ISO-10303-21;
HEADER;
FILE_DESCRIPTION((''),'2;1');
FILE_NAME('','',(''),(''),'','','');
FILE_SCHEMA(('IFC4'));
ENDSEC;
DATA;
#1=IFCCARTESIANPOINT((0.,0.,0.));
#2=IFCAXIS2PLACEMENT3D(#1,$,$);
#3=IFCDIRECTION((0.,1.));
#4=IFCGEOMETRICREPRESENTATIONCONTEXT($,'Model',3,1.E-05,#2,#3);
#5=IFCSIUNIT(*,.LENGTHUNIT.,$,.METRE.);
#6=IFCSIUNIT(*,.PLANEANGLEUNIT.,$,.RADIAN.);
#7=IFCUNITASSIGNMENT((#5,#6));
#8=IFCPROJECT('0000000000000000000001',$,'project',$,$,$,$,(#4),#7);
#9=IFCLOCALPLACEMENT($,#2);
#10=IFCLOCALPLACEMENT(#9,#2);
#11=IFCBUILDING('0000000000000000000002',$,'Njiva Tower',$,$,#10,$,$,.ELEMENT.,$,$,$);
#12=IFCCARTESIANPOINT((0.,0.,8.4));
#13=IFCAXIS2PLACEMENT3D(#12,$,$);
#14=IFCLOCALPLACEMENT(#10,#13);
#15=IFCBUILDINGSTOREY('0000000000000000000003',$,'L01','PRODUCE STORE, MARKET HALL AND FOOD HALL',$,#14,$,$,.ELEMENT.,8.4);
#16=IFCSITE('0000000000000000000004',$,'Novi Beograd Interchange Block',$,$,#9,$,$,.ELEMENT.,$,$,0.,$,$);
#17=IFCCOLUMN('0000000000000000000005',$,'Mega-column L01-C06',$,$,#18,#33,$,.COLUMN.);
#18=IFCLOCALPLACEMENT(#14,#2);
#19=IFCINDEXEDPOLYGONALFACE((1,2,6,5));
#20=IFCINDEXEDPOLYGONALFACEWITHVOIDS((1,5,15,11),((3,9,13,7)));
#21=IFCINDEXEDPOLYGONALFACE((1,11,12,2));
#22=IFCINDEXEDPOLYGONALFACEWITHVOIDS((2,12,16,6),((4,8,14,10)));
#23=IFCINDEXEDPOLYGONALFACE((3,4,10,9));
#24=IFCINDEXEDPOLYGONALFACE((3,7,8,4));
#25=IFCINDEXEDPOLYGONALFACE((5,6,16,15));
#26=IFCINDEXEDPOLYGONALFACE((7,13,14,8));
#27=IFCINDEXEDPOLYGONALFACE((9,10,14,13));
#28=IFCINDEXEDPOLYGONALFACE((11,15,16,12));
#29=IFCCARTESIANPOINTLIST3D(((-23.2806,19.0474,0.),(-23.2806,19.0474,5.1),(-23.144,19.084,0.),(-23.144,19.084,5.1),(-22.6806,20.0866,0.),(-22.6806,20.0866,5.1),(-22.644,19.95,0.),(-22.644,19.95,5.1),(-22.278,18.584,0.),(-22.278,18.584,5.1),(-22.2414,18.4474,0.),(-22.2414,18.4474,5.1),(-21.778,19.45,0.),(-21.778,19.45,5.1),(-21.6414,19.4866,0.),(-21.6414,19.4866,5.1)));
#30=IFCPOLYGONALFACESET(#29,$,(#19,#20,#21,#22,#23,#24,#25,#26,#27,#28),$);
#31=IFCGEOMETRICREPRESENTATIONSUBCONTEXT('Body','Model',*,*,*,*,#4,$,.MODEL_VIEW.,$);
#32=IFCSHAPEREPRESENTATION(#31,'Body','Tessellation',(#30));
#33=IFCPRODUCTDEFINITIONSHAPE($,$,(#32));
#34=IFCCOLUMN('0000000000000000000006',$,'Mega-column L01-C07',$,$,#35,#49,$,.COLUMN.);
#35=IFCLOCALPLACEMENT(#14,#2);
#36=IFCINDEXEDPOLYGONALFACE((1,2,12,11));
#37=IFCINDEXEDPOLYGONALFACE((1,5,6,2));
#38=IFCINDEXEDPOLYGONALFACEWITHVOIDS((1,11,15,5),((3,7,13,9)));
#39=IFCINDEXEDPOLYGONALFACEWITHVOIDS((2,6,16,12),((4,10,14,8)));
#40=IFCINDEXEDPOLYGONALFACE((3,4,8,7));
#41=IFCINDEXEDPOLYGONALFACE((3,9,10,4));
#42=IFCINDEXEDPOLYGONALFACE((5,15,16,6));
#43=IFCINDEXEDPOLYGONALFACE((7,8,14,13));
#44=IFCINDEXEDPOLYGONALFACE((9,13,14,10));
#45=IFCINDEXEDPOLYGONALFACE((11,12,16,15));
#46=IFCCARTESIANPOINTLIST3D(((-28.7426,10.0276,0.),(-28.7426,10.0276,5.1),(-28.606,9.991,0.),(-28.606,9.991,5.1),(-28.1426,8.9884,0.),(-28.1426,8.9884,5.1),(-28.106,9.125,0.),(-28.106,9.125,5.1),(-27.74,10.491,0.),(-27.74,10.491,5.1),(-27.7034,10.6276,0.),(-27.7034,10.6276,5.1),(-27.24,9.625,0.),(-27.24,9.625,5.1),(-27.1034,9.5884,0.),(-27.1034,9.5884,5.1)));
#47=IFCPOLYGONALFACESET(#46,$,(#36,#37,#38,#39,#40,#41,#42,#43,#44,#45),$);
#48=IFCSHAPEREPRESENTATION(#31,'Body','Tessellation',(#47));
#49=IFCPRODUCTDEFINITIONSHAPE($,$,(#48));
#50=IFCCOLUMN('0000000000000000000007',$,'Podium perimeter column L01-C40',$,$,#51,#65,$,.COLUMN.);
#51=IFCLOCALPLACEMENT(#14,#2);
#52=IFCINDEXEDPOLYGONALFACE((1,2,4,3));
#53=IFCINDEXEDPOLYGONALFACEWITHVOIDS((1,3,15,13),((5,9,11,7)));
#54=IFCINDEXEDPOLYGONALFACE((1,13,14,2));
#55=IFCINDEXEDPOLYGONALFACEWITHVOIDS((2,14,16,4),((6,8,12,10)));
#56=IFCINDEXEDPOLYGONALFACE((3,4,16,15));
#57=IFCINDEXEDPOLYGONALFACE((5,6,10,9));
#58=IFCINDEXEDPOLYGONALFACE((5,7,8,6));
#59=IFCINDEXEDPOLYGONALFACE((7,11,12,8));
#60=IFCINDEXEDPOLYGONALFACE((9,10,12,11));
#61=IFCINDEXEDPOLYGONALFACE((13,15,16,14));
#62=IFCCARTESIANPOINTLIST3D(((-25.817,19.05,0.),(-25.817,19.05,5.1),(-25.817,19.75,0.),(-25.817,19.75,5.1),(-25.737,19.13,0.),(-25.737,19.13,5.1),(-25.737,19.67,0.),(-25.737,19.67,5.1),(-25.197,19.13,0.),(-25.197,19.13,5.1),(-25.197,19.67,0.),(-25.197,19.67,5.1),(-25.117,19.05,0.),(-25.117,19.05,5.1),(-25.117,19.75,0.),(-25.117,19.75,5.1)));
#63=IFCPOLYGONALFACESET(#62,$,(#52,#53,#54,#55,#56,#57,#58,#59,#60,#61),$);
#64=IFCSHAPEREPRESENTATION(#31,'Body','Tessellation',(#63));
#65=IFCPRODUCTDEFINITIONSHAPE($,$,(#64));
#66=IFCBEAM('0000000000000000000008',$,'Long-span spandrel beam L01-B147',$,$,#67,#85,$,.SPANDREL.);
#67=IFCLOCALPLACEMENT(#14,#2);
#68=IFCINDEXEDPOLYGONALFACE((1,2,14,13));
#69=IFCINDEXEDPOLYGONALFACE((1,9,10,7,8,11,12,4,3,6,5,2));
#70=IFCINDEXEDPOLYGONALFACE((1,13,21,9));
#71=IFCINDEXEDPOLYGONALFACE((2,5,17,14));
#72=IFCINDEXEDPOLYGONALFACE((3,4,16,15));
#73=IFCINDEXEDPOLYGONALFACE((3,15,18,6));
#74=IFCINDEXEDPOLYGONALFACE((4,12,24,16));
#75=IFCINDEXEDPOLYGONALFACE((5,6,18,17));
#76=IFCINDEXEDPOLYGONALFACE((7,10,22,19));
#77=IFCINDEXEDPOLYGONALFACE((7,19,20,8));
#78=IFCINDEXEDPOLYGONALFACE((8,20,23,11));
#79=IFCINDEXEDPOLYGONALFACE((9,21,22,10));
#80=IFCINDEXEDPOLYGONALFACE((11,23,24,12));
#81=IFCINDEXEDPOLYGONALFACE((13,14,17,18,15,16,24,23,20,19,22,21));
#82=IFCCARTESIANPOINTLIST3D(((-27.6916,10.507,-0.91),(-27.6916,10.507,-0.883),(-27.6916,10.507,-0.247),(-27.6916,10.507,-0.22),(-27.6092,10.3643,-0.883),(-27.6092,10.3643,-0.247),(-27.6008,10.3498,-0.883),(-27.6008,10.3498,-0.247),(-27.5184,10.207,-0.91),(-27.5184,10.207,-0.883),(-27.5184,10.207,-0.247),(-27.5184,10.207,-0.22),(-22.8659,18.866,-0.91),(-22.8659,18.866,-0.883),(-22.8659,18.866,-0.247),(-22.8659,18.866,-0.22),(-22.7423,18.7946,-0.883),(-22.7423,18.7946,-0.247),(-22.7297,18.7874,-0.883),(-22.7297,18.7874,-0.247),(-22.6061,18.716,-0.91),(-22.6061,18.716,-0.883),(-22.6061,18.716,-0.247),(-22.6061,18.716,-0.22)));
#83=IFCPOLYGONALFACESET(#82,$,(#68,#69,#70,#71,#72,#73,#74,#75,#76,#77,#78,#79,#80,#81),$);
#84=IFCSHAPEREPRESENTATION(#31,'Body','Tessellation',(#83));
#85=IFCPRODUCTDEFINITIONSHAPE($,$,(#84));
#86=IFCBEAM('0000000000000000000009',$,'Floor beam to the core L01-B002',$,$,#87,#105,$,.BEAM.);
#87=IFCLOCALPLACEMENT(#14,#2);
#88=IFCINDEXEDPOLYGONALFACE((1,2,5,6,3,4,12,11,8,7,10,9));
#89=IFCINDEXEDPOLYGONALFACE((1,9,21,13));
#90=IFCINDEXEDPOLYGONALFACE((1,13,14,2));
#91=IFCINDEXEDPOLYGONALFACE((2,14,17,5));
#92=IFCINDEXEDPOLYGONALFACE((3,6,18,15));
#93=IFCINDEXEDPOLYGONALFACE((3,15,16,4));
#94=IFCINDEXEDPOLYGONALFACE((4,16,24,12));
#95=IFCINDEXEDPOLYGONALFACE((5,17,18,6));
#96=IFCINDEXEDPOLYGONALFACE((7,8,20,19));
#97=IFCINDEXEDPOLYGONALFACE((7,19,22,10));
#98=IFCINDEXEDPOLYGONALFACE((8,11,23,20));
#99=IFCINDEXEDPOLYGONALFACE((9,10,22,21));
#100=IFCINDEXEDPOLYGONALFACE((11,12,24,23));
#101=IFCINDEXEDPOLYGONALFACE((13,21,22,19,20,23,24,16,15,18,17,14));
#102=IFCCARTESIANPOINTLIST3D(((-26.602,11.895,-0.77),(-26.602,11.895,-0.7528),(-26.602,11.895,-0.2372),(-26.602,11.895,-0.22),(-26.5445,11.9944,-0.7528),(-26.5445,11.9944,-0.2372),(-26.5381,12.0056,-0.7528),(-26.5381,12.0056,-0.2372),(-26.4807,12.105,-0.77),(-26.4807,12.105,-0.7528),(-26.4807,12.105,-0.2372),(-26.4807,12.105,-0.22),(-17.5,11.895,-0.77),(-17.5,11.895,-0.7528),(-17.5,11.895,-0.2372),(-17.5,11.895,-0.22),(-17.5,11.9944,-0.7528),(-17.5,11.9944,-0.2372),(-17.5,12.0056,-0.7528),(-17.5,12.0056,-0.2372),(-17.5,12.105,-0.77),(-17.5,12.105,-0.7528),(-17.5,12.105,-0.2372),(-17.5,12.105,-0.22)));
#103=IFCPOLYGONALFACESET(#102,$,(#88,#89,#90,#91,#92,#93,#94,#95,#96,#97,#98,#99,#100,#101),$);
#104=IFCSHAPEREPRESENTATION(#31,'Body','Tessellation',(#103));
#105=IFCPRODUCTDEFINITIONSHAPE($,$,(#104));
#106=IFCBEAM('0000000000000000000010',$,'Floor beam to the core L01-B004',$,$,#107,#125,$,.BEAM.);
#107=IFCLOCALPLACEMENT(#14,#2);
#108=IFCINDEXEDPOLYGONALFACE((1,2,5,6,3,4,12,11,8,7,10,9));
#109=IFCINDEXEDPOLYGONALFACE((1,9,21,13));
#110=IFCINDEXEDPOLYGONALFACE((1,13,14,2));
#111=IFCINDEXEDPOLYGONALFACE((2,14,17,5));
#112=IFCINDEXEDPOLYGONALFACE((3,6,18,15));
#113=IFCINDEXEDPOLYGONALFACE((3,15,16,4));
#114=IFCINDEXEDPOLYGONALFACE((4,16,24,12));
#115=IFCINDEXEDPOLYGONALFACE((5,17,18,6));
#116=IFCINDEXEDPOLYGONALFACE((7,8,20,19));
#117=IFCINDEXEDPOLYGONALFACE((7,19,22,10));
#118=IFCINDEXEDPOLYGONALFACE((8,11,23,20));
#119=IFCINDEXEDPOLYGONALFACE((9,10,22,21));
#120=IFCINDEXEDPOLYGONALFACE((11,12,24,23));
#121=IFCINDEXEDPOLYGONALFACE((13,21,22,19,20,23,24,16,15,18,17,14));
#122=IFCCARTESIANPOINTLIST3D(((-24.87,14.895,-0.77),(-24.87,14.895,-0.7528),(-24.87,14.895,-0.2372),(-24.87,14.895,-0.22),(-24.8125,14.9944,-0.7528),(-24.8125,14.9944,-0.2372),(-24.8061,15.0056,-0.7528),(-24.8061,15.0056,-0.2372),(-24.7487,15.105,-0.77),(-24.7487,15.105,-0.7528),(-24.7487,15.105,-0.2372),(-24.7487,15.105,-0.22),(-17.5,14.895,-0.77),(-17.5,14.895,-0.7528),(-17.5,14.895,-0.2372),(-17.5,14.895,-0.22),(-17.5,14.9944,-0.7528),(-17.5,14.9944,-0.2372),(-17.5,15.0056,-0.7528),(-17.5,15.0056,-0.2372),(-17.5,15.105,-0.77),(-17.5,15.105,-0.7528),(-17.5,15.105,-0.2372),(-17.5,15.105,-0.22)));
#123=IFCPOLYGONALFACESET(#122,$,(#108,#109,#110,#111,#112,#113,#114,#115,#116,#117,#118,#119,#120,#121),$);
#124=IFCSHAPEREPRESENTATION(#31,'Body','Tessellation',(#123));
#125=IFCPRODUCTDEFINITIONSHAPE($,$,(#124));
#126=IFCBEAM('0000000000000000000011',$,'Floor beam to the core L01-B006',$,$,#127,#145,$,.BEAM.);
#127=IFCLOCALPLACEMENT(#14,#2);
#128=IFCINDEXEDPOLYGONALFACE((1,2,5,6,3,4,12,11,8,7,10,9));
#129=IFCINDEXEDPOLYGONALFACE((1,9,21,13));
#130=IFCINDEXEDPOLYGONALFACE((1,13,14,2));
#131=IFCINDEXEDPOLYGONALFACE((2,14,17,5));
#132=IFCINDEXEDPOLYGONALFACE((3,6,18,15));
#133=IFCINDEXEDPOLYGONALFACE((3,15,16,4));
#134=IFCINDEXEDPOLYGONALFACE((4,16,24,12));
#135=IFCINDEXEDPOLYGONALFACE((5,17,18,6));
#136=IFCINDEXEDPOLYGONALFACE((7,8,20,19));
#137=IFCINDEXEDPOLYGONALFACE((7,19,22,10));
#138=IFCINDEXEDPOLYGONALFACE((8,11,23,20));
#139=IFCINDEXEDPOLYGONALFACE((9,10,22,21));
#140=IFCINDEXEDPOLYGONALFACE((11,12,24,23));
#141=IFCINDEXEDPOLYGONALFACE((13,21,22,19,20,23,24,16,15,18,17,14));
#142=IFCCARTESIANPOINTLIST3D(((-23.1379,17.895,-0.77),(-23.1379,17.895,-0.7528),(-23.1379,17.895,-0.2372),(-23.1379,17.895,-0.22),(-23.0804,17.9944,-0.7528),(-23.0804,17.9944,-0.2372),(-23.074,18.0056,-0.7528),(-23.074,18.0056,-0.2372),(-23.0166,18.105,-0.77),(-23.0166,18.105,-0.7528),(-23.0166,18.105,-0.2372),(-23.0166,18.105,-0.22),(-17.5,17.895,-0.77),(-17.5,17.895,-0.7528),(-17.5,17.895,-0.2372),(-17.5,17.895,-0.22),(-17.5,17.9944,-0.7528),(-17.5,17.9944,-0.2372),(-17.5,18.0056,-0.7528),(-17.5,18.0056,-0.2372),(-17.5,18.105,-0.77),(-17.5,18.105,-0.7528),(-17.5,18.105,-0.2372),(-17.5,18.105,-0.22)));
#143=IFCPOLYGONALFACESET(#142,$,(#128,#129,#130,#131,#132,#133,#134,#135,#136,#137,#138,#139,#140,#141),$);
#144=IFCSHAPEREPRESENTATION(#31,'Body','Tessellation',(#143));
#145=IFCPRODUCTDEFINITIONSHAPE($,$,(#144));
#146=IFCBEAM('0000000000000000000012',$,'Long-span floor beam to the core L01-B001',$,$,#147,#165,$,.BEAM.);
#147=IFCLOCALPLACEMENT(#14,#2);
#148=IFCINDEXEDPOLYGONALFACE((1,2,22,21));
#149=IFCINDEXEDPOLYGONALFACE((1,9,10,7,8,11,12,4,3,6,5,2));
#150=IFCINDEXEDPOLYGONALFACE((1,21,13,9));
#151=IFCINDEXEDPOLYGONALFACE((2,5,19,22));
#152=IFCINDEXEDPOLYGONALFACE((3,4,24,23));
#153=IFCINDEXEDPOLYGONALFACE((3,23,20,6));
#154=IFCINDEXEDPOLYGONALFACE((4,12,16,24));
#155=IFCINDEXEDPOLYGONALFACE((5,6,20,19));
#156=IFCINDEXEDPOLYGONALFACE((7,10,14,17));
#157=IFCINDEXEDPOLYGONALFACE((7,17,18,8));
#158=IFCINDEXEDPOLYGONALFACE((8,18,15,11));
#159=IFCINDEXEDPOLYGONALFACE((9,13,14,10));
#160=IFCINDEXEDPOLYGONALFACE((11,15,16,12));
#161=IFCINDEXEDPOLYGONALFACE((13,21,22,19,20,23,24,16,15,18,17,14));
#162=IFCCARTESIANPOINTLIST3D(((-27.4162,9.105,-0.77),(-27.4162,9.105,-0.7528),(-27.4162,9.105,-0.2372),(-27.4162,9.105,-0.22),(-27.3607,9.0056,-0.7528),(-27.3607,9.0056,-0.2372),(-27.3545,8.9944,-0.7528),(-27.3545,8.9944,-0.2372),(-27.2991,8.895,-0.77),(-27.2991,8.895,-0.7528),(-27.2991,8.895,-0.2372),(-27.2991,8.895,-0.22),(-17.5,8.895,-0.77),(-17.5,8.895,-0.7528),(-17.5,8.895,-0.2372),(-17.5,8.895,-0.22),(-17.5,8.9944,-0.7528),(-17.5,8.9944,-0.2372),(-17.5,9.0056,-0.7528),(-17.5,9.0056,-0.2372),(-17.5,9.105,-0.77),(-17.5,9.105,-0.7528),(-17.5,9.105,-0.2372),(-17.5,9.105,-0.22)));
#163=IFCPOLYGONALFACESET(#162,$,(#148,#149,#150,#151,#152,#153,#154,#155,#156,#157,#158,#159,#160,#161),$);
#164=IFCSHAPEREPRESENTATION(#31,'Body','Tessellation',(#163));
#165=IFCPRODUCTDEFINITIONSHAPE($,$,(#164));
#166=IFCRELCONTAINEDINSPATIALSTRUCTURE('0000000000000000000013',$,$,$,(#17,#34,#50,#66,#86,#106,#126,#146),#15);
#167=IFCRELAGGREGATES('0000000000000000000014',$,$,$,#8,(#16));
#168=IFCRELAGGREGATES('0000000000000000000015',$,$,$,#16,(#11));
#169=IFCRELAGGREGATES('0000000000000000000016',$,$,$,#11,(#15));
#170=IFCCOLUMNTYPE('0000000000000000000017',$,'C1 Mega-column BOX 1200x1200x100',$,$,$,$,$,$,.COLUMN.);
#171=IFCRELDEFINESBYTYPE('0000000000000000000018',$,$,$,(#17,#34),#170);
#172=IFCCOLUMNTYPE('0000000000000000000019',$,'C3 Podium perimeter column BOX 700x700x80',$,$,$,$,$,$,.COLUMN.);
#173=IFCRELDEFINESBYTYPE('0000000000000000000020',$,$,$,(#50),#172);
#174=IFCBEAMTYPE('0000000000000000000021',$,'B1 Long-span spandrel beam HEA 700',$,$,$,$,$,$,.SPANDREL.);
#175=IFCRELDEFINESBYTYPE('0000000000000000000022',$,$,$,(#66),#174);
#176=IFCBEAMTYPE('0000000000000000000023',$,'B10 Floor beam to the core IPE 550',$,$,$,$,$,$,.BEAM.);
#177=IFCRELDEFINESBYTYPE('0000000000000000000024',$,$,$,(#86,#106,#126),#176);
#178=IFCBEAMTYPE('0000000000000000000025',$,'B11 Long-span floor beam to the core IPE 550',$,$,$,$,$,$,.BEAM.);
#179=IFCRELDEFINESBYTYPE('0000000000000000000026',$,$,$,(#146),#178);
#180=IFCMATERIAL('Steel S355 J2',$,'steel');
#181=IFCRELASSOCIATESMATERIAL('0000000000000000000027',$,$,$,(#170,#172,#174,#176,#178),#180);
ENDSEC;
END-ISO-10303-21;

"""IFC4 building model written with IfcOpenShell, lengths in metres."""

from ifc_helpers import new_model, si_unit, direction, frame, origin, origin_2d, place, context, subcontext, project, spatial, hollow_rectangle, i_section, extrude, clip, halfspace, material, material_profile, profile_set, type_object, element, save


model = new_model("IFC4")

# Units and contexts
model_context = context("Model", 3, precision=1e-05, world=origin(), true_north=direction((0.0, 1.0)))
body_context = subcontext(model_context, "Body", "Model", "MODEL_VIEW")
ifc_project = project(units=[si_unit("LENGTHUNIT", "METRE"), si_unit("PLANEANGLEUNIT", "RADIAN")], contexts=[model_context])

# Site, building, storey
site_placement = place(None, origin())
site = spatial("IfcSite", under=ifc_project, at=site_placement, Name="Novi Beograd Interchange Block", CompositionType="ELEMENT", RefElevation=0.0)
building_placement = place(site_placement, origin())
building = spatial("IfcBuilding", under=site, at=building_placement, Name="Njiva Tower", CompositionType="ELEMENT")
storey_placement = place(building_placement, frame((0.0, 0.0, 8.4)))
storey = spatial("IfcBuildingStorey", under=building, at=storey_placement, Name="L01", Description="PRODUCE STORE, MARKET HALL AND FOOD HALL", CompositionType="ELEMENT", Elevation=8.4)

# Columns
ifc_material_1 = material(Name="Steel S355 J2", Category="steel")
ifc_material_profile_1 = material_profile(ifc_material_1, hollow_rectangle(XDim=1.2, YDim=1.2, WallThickness=0.1, at=origin_2d()), Name="BOX 1200x1200x100")
ifc_profile_set_1 = profile_set([ifc_material_profile_1], Name="Steel S355 J2")
column_type_1 = type_object("IfcColumnType", Name="C1 Mega-column BOX 1200x1200x100", PredefinedType="COLUMN", material=ifc_profile_set_1)
for number, where, z_axis, x_axis, name in (
    (1, (-22.461, 19.267, 0.0), (0.0, 0.0, 1.0), (-0.5, -0.866025, 0.0), "Mega-column L01-C06"),
    (2, (-27.923, 9.808, 0.0), (0.0, 0.0, 1.0), (0.5, -0.866025, 0.0), "Mega-column L01-C07"),
):
    element("IfcColumn", number, at=place(storey_placement, frame(where, z_axis=z_axis, x_axis=x_axis)), inside=storey, type_object=column_type_1, Name=name, PredefinedType="COLUMN", context=body_context, shape_type="SweptSolid", body=[
        extrude(hollow_rectangle(XDim=1.2, YDim=1.2, WallThickness=0.1, at=origin_2d()), origin(), (0.0, 0.0, 1.0), 5.1),
    ])
ifc_material_profile_2 = material_profile(ifc_material_1, hollow_rectangle(XDim=0.7, YDim=0.7, WallThickness=0.08, at=origin_2d()), Name="BOX 700x700x80")
ifc_profile_set_2 = profile_set([ifc_material_profile_2], Name="Steel S355 J2")
column_type_2 = type_object("IfcColumnType", Name="C3 Podium perimeter column BOX 700x700x80", PredefinedType="COLUMN", material=ifc_profile_set_2)
column_placement = place(storey_placement, frame((-25.467, 19.4, 0.0), z_axis=(0.0, 0.0, 1.0), x_axis=(-1.0, 0.0, 0.0)))
element("IfcColumn", 3, at=column_placement, inside=storey, type_object=column_type_2, Name="Podium perimeter column L01-C40", PredefinedType="COLUMN", context=body_context, shape_type="SweptSolid", body=[
    extrude(hollow_rectangle(XDim=0.7, YDim=0.7, WallThickness=0.08, at=origin_2d()), origin(), (0.0, 0.0, 1.0), 5.1),
])

# Beams
ifc_material_profile_3 = material_profile(ifc_material_1, i_section(OverallWidth=0.3, OverallDepth=0.69, WebThickness=0.0145, FlangeThickness=0.027, at=origin_2d()), Name="HEA 700")
ifc_profile_set_3 = profile_set([ifc_material_profile_3], Name="Steel S355 J2")
beam_type_1 = type_object("IfcBeamType", Name="B1 Long-span spandrel beam HEA 700", PredefinedType="SPANDREL", material=ifc_profile_set_3)
beam_1_placement = place(storey_placement, frame((-22.736, 18.791, -0.565), z_axis=(-0.499971, -0.866042, 0.0), x_axis=(0.866042, -0.499971, 0.0)))
element("IfcBeam", 4, at=beam_1_placement, inside=storey, type_object=beam_type_1, Name="Long-span spandrel beam L01-B147", PredefinedType="SPANDREL", context=body_context, shape_type="Clipping", body=[
    clip(extrude(i_section(OverallWidth=0.3, OverallDepth=0.69, WebThickness=0.0145, FlangeThickness=0.027, at=origin_2d()), origin(), (0.0, 0.0, 1.0), 9.8456), halfspace(frame((-0.0253, 0.0, 9.7239), z_axis=(-0.500031, 0.0, 0.866008), x_axis=(0.0, 1.0, 0.0)), False)),
])
ifc_material_profile_4 = material_profile(ifc_material_1, i_section(OverallWidth=0.21, OverallDepth=0.55, WebThickness=0.0111, FlangeThickness=0.0172, at=origin_2d()), Name="IPE 550")
ifc_profile_set_4 = profile_set([ifc_material_profile_4], Name="Steel S355 J2")
beam_type_2 = type_object("IfcBeamType", Name="B10 Floor beam to the core IPE 550", PredefinedType="BEAM", material=ifc_profile_set_4)
beam_2_placement = place(storey_placement, frame((-26.622, 12.0, -0.495), z_axis=(1.0, 0.0, 0.0), x_axis=(0.0, 1.0, 0.0)))
element("IfcBeam", 5, at=beam_2_placement, inside=storey, type_object=beam_type_2, Name="Floor beam to the core L01-B002", PredefinedType="BEAM", context=body_context, shape_type="Clipping", body=[
    clip(extrude(i_section(OverallWidth=0.21, OverallDepth=0.55, WebThickness=0.0111, FlangeThickness=0.0172, at=origin_2d()), origin(), (0.0, 0.0, 1.0), 9.122), halfspace(frame((0.025, 0.0, 0.0951), z_axis=(0.499998, 0.0, -0.866027), x_axis=(0.0, -1.0, 0.0)), False)),
])
beam_3_placement = place(storey_placement, frame((-24.89, 15.0, -0.495), z_axis=(1.0, 0.0, 0.0), x_axis=(0.0, 1.0, 0.0)))
element("IfcBeam", 6, at=beam_3_placement, inside=storey, type_object=beam_type_2, Name="Floor beam to the core L01-B004", PredefinedType="BEAM", context=body_context, shape_type="Clipping", body=[
    clip(extrude(i_section(OverallWidth=0.21, OverallDepth=0.55, WebThickness=0.0111, FlangeThickness=0.0172, at=origin_2d()), origin(), (0.0, 0.0, 1.0), 7.39), halfspace(frame((0.025, 0.0, 0.0951), z_axis=(0.499998, 0.0, -0.866027), x_axis=(0.0, -1.0, 0.0)), False)),
])
beam_4_placement = place(storey_placement, frame((-23.158, 18.0, -0.495), z_axis=(1.0, 0.0, 0.0), x_axis=(0.0, 1.0, 0.0)))
element("IfcBeam", 7, at=beam_4_placement, inside=storey, type_object=beam_type_2, Name="Floor beam to the core L01-B006", PredefinedType="BEAM", context=body_context, shape_type="Clipping", body=[
    clip(extrude(i_section(OverallWidth=0.21, OverallDepth=0.55, WebThickness=0.0111, FlangeThickness=0.0172, at=origin_2d()), origin(), (0.0, 0.0, 1.0), 5.658), halfspace(frame((0.025, 0.0, 0.0952), z_axis=(0.499998, 0.0, -0.866027), x_axis=(0.0, -1.0, 0.0)), False)),
])
ifc_material_profile_5 = material_profile(ifc_material_1, i_section(OverallWidth=0.21, OverallDepth=0.55, WebThickness=0.0111, FlangeThickness=0.0172, at=origin_2d()), Name="IPE 550")
ifc_profile_set_5 = profile_set([ifc_material_profile_5], Name="Steel S355 J2")
beam_type_3 = type_object("IfcBeamType", Name="B11 Long-span floor beam to the core IPE 550", PredefinedType="BEAM", material=ifc_profile_set_5)
beam_5_placement = place(storey_placement, frame((-27.437, 9.0, -0.495), z_axis=(1.0, 0.0, 0.0), x_axis=(0.0, 1.0, 0.0)))
element("IfcBeam", 8, at=beam_5_placement, inside=storey, type_object=beam_type_3, Name="Long-span floor beam to the core L01-B001", PredefinedType="BEAM", context=body_context, shape_type="Clipping", body=[
    clip(extrude(i_section(OverallWidth=0.21, OverallDepth=0.55, WebThickness=0.0111, FlangeThickness=0.0172, at=origin_2d()), origin(), (0.0, 0.0, 1.0), 9.937), halfspace(frame((-0.0244, 0.0, 0.093), z_axis=(-0.487052, 0.0, -0.873373), x_axis=(0.0, -1.0, 0.0)), False)),
])

save(model, "model.ifc")
